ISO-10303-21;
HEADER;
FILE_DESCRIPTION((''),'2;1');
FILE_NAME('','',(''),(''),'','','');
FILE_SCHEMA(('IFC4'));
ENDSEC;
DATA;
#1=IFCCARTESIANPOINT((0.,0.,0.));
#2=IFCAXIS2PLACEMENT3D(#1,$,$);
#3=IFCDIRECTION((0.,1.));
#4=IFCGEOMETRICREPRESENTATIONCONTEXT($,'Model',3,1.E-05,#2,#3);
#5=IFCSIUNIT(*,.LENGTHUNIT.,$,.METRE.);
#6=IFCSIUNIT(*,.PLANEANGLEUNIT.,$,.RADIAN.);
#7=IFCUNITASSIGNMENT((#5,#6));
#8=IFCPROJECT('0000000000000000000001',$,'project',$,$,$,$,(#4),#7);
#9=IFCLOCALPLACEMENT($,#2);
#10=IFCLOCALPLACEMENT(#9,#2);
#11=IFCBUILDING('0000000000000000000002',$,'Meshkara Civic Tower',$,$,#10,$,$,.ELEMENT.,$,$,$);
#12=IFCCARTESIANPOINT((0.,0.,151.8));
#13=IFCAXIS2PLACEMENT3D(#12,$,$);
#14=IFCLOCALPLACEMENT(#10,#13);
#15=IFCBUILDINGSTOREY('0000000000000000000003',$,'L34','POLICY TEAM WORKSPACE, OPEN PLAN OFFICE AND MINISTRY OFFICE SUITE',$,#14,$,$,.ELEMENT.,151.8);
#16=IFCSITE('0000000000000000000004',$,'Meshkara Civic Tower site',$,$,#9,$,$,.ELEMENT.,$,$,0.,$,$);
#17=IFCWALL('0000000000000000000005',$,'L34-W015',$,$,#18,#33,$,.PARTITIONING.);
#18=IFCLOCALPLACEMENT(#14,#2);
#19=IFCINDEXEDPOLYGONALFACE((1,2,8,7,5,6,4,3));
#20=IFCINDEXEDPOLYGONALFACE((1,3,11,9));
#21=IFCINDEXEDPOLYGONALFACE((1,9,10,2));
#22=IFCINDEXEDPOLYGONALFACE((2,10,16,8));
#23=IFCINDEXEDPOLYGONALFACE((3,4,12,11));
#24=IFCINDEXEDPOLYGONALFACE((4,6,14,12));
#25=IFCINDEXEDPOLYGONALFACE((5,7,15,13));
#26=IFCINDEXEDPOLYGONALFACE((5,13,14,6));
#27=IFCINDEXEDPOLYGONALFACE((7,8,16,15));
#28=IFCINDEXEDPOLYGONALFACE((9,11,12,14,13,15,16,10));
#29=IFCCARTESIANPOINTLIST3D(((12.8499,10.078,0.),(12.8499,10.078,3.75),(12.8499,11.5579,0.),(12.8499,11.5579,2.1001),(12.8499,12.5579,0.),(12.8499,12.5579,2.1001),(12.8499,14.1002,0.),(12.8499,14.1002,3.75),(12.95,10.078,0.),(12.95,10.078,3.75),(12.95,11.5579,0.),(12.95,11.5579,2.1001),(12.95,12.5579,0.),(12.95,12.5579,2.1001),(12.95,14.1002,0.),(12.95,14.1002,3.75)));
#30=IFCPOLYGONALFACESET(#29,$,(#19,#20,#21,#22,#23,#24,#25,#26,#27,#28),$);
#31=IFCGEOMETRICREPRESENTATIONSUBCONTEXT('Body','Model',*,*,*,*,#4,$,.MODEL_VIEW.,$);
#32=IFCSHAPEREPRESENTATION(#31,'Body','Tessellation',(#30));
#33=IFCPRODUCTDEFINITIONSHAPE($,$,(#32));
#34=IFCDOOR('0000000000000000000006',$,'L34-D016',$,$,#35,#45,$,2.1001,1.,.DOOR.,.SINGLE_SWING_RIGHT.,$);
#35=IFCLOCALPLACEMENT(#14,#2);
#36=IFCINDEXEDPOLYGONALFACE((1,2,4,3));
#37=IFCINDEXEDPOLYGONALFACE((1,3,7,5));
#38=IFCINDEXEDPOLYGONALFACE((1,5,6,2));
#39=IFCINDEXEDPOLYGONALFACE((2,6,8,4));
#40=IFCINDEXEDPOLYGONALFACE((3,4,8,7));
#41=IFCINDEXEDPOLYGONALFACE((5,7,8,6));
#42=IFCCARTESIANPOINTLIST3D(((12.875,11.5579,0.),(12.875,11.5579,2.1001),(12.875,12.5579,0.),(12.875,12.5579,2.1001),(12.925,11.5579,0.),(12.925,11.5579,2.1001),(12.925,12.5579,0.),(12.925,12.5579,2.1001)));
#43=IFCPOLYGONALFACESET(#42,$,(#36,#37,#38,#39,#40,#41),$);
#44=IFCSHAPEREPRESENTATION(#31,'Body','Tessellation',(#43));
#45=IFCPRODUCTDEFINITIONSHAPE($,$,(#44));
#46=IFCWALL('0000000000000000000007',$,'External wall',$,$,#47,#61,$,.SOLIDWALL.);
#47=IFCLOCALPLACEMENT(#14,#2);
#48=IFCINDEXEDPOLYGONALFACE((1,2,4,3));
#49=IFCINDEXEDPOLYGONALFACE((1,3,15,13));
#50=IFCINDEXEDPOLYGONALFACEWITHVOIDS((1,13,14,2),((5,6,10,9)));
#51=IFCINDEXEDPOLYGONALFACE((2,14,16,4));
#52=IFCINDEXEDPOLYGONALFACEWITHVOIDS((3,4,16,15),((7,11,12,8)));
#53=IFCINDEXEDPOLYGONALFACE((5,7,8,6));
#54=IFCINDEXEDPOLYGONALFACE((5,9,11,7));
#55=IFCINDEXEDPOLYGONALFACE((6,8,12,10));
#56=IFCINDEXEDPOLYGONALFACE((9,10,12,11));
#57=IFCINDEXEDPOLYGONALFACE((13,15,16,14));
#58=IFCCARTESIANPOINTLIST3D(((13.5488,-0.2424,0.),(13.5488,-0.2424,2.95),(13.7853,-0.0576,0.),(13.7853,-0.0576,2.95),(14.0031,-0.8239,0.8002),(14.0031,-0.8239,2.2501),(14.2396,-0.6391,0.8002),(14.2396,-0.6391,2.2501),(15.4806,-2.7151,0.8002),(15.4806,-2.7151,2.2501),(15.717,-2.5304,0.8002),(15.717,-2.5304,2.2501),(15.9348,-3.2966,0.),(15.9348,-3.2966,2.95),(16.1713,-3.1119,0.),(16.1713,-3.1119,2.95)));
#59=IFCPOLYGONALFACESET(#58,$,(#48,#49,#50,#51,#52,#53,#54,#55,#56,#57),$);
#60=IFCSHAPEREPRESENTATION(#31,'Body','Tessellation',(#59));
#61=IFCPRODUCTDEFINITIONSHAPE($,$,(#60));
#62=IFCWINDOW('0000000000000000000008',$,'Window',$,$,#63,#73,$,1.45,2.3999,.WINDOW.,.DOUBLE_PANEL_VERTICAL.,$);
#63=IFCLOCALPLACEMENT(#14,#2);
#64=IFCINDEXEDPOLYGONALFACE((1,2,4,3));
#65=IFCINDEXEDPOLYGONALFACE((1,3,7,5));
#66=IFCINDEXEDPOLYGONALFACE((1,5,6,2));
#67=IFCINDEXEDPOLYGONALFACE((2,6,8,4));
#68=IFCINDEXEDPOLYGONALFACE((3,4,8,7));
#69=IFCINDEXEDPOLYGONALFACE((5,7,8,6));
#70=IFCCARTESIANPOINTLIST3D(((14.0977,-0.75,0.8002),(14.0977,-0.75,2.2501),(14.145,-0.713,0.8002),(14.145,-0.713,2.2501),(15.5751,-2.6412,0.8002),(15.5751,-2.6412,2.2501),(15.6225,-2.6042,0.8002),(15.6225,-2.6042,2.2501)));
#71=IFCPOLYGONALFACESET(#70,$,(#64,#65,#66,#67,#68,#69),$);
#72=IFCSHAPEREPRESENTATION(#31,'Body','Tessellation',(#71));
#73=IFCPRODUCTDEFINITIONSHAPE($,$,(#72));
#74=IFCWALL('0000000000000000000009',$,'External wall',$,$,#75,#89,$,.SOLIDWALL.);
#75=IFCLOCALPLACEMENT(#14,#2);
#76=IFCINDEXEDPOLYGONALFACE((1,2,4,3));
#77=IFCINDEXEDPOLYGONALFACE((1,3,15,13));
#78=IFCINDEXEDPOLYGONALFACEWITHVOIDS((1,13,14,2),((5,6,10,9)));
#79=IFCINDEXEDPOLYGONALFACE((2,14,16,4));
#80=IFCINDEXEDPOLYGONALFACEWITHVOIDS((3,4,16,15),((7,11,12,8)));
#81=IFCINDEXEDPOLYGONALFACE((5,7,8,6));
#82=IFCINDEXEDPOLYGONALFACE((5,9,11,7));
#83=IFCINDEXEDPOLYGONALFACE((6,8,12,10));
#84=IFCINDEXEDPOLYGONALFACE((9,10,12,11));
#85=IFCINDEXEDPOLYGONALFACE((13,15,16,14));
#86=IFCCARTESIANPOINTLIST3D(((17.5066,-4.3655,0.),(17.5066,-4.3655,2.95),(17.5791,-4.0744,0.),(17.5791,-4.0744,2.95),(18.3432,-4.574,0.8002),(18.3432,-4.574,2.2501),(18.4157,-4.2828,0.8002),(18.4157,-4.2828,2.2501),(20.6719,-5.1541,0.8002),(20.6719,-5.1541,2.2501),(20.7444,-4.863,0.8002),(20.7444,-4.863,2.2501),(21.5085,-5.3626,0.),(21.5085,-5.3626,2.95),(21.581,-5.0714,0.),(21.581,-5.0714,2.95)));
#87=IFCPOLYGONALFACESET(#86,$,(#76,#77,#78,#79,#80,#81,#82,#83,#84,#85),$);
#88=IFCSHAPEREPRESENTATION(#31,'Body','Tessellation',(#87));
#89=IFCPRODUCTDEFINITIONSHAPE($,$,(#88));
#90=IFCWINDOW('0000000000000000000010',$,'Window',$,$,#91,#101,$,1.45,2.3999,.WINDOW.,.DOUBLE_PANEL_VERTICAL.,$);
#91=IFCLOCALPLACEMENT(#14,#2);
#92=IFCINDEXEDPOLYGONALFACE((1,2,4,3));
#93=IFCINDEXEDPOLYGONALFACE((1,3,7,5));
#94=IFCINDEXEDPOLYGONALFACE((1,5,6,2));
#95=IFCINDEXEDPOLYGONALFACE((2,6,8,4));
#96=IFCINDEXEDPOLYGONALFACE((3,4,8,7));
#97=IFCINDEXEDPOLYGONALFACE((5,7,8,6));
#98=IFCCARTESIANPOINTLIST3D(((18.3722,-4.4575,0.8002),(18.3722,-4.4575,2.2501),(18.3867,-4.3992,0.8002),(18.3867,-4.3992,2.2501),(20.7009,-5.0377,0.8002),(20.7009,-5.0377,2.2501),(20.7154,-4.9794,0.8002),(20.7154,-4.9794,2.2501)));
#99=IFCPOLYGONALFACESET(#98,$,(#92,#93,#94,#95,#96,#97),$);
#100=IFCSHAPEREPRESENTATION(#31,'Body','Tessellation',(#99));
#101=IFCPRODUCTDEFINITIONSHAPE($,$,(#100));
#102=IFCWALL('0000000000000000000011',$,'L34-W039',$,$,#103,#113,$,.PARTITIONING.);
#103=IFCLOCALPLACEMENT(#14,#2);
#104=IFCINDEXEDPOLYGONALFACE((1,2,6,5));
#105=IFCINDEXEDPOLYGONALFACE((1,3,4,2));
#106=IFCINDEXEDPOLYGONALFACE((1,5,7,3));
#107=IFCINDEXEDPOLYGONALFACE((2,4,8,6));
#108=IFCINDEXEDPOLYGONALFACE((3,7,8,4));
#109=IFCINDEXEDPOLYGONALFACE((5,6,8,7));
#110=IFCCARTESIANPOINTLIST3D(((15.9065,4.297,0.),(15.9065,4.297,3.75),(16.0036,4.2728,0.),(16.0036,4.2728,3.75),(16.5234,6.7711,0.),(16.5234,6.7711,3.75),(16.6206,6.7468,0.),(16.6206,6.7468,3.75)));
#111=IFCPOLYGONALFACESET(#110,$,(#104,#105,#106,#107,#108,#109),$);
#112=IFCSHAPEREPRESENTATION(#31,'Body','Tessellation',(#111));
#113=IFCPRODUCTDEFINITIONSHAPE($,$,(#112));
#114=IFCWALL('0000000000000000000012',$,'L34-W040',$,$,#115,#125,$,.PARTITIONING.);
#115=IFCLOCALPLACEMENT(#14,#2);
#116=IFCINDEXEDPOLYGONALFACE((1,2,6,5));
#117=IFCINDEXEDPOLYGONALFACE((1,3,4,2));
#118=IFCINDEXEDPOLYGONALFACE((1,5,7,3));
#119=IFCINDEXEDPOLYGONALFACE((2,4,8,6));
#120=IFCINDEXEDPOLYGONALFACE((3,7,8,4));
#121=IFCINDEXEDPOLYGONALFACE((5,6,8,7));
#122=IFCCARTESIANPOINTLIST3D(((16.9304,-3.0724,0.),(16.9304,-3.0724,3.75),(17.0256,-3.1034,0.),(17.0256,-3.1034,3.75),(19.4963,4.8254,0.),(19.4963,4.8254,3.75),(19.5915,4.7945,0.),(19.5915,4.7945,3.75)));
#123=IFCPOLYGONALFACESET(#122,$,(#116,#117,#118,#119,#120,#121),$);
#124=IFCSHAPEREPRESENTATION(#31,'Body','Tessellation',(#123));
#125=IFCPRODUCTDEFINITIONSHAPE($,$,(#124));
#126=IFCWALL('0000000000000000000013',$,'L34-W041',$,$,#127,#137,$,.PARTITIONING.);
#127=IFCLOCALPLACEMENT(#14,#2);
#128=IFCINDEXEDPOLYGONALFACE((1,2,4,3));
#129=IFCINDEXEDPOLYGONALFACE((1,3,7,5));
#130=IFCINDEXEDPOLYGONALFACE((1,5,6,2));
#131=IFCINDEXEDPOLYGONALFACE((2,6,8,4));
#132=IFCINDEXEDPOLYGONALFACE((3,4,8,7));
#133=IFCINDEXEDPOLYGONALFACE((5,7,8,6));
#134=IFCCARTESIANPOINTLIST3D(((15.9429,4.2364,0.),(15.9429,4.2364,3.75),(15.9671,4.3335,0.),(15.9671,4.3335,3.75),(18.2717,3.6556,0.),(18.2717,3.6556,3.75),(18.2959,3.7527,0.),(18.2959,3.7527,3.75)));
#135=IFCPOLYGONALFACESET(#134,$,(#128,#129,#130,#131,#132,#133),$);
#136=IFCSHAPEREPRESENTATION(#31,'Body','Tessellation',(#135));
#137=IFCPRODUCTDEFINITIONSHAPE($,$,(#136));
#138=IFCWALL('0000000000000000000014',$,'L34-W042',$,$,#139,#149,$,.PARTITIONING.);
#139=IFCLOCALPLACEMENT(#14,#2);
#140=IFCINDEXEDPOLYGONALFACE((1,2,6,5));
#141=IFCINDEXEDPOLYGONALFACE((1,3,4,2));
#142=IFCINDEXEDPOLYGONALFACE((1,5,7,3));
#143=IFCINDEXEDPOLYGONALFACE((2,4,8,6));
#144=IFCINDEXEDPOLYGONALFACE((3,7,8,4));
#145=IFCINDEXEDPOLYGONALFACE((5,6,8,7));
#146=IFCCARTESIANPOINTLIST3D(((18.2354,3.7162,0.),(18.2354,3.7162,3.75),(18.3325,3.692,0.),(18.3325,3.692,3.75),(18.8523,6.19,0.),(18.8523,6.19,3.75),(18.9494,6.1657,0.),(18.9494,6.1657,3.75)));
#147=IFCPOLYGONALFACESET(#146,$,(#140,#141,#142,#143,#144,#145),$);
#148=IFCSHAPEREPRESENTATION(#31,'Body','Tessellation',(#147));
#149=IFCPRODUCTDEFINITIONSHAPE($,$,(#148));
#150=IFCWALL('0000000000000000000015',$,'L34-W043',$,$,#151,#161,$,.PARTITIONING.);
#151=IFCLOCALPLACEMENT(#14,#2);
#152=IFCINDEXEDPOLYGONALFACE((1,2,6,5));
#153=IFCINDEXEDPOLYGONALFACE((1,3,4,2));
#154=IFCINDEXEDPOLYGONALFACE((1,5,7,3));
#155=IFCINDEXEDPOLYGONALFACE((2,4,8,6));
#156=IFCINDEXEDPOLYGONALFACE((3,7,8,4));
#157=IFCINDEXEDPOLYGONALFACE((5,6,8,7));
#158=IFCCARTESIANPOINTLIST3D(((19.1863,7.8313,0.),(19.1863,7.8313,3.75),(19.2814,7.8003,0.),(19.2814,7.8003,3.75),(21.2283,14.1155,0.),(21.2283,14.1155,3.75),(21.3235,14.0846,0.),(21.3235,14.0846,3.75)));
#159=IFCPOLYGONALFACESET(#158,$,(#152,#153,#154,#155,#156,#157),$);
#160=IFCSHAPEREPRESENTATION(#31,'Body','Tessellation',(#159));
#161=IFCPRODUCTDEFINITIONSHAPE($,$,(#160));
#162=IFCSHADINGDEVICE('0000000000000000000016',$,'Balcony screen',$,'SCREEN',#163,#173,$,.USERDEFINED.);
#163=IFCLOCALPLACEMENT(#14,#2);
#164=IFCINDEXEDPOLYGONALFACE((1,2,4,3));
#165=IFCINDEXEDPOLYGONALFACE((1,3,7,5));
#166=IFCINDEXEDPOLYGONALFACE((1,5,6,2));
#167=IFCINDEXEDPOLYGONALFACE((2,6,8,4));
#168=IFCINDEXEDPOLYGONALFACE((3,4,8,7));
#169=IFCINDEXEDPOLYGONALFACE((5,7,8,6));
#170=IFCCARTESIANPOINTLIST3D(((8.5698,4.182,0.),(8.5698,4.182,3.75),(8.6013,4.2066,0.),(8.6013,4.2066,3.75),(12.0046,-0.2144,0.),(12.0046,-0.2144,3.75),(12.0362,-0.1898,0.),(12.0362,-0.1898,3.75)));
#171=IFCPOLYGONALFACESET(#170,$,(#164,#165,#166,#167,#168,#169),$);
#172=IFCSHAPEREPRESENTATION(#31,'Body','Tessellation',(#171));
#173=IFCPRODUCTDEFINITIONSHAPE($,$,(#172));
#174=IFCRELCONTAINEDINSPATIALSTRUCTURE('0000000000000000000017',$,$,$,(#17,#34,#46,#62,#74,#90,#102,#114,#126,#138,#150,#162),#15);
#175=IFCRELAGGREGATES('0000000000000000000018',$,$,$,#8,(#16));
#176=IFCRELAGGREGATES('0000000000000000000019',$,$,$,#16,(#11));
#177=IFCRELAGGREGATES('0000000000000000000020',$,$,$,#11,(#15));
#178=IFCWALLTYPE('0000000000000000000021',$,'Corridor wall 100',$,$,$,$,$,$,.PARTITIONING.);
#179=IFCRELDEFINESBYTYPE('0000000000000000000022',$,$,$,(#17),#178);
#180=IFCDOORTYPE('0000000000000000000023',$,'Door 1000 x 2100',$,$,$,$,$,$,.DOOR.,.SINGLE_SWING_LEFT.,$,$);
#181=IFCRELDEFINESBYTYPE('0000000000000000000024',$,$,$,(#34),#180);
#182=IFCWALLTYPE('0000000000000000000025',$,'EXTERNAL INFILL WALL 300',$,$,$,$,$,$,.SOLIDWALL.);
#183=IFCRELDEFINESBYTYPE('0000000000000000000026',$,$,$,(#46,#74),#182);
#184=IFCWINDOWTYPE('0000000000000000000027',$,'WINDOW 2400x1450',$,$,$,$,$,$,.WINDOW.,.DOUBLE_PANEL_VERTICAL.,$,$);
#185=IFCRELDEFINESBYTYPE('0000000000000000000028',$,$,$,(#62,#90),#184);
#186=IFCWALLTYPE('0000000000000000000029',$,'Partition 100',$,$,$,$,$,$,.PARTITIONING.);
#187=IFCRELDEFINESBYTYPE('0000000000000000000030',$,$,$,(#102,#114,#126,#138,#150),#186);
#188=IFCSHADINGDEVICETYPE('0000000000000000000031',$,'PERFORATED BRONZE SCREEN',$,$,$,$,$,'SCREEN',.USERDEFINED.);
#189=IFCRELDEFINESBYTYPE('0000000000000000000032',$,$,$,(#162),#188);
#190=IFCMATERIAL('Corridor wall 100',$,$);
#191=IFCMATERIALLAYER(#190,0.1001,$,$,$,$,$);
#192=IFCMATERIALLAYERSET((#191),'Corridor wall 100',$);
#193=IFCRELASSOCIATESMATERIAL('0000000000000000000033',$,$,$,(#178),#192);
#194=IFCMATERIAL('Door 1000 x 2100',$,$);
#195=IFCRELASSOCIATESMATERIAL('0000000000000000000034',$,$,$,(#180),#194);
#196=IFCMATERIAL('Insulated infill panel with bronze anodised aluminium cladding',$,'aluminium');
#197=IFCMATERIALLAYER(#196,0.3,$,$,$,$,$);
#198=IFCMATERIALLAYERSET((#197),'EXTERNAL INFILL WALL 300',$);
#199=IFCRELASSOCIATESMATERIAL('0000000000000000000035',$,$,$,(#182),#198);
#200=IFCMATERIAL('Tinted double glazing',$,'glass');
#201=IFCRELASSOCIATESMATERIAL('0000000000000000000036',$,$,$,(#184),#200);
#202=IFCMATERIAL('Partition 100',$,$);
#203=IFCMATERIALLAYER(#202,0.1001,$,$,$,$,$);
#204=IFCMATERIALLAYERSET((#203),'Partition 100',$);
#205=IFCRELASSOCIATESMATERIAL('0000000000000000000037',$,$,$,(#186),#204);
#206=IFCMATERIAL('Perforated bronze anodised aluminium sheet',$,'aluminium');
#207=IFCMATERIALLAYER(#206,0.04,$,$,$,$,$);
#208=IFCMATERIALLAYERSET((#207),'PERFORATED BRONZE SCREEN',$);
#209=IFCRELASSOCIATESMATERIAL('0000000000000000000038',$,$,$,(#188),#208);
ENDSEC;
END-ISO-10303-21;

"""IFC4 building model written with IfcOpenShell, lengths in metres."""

from ifc_helpers import new_model, si_unit, direction, frame, frame_2d, origin, origin_2d, place, context, subcontext, project, spatial, rectangle, extrude, material, layer, layer_set, type_object, element, fill, save


model = new_model("IFC4")

# Units and contexts
model_context = context("Model", 3, precision=1e-05, world=origin(), true_north=direction((0.0, 1.0)))
body_context = subcontext(model_context, "Body", "Model", "MODEL_VIEW")
ifc_project = project(units=[si_unit("LENGTHUNIT", "METRE"), si_unit("PLANEANGLEUNIT", "RADIAN")], contexts=[model_context])

# Site, building, storey
site_placement = place(None, origin())
site = spatial("IfcSite", under=ifc_project, at=site_placement, Name="Meshkara Civic Tower site", CompositionType="ELEMENT", RefElevation=0.0)
building_placement = place(site_placement, origin())
building = spatial("IfcBuilding", under=site, at=building_placement, Name="Meshkara Civic Tower", CompositionType="ELEMENT")
storey_placement = place(building_placement, frame((0.0, 0.0, 151.8)))
storey = spatial("IfcBuildingStorey", under=building, at=storey_placement, Name="L34", Description="POLICY TEAM WORKSPACE, OPEN PLAN OFFICE AND MINISTRY OFFICE SUITE", CompositionType="ELEMENT", Elevation=151.8)

# Shared definitions
ifc_material_1 = material(Name="Corridor wall 100")
ifc_layer_1 = layer(ifc_material_1, 0.1001)
ifc_layer_set_1 = layer_set([ifc_layer_1], Name="Corridor wall 100")
wall_type_1 = type_object("IfcWallType", Name="Corridor wall 100", PredefinedType="PARTITIONING", material=ifc_layer_set_1)
ifc_material_2 = material(Name="Door 1000 x 2100")
door_type_1 = type_object("IfcDoorType", Name="Door 1000 x 2100", OperationType="SINGLE_SWING_LEFT", PredefinedType="DOOR", material=ifc_material_2)

# Wall, opening, door
wall_1_placement = place(storey_placement, frame((12.8999, 10.0779, 0.0), z_axis=(0.0, 0.0, 1.0), x_axis=(0.0, 1.0, 0.0)))
wall_1 = element("IfcWall", 1, at=wall_1_placement, inside=storey, type_object=wall_type_1, Name="L34-W015", PredefinedType="PARTITIONING", context=body_context, shape_type="SweptSolid", body=[
    extrude(rectangle(XDim=4.0222, YDim=0.1001, at=frame_2d((2.0112, 0.0))), origin(), (0.0, 0.0, 1.0), 3.75),
])
opening_1_placement = place(wall_1_placement, frame((1.48, 0.0, 0.0)))
opening_1 = element("IfcOpeningElement", 2, at=opening_1_placement, cuts=wall_1, PredefinedType="OPENING", context=body_context, shape_type="SweptSolid", body=[
    extrude(rectangle(XDim=1.0, YDim=2.1001, at=frame_2d((0.5, 1.05))), frame((0.0, 0.0601, 0.0), z_axis=(0.0, -1.0, 0.0), x_axis=(1.0, 0.0, 0.0)), (0.0, 0.0, 1.0), 0.1201),
])
door_1_placement = place(opening_1_placement, origin())
door_1 = element("IfcDoor", 3, at=door_1_placement, inside=storey, type_object=door_type_1, Name="L34-D016", OperationType="SINGLE_SWING_RIGHT", OverallHeight=2.1001, OverallWidth=1.0, PredefinedType="DOOR", context=body_context, shape_type="SweptSolid", body=[
    extrude(rectangle(XDim=1.0, YDim=2.1001, at=frame_2d((0.5, 1.05))), frame((0.0, 0.0249, 0.0), z_axis=(0.0, -1.0, 0.0), x_axis=(1.0, 0.0, 0.0)), (0.0, 0.0, 1.0), 0.05),
])
fill(opening_1, door_1)

# Walls, openings, windows
ifc_material_3 = material(Name="Insulated infill panel with bronze anodised aluminium cladding", Category="aluminium")
ifc_layer_2 = layer(ifc_material_3, 0.3)
ifc_layer_set_2 = layer_set([ifc_layer_2], Name="EXTERNAL INFILL WALL 300")
wall_type_2 = type_object("IfcWallType", Name="EXTERNAL INFILL WALL 300", PredefinedType="SOLIDWALL", material=ifc_layer_set_2)
wall_2_placement = place(storey_placement, frame((13.667, -0.1499, 0.0), z_axis=(0.0, 0.0, 1.0), x_axis=(0.615627, -0.788038, 0.0)))
wall_2 = element("IfcWall", 4, at=wall_2_placement, inside=storey, type_object=wall_type_2, Name="External wall", PredefinedType="SOLIDWALL", context=body_context, shape_type="SweptSolid", body=[
    extrude(rectangle(XDim=3.8757, YDim=0.3, at=frame_2d((1.938, 0.0))), origin(), (0.0, 0.0, 1.0), 2.95),
])
opening_2_placement = place(wall_2_placement, frame((0.738, 0.0, 0.8)))
opening_2 = element("IfcOpeningElement", 5, at=opening_2_placement, cuts=wall_2, PredefinedType="OPENING", context=body_context, shape_type="SweptSolid", body=[
    extrude(rectangle(XDim=2.3999, YDim=1.45, at=frame_2d((1.2, 0.7251))), frame((0.0, 0.1599, 0.0), z_axis=(0.0, -1.0, 0.0), x_axis=(1.0, 0.0, 0.0)), (0.0, 0.0, 1.0), 0.3201),
])
ifc_material_4 = material(Name="Tinted double glazing", Category="glass")
window_type = type_object("IfcWindowType", Name="WINDOW 2400x1450", PartitioningType="DOUBLE_PANEL_VERTICAL", PredefinedType="WINDOW", material=ifc_material_4)
window_1_placement = place(opening_2_placement, origin())
window_1 = element("IfcWindow", 6, at=window_1_placement, inside=storey, type_object=window_type, Name="Window", OverallHeight=1.45, OverallWidth=2.3999, PartitioningType="DOUBLE_PANEL_VERTICAL", PredefinedType="WINDOW", context=body_context, shape_type="SweptSolid", body=[
    extrude(rectangle(XDim=2.3999, YDim=1.45, at=frame_2d((1.2, 0.7251))), frame((0.0, 0.03, 0.0), z_axis=(0.0, -1.0, 0.0), x_axis=(1.0, 0.0, 0.0)), (0.0, 0.0, 1.0), 0.0601),
])
fill(opening_2, window_1)
wall_3_placement = place(storey_placement, frame((17.543, -4.22, 0.0), z_axis=(0.0, 0.0, 1.0), x_axis=(0.970337, -0.241756, 0.0)))
wall_3 = element("IfcWall", 7, at=wall_3_placement, inside=storey, type_object=wall_type_2, Name="External wall", PredefinedType="SOLIDWALL", context=body_context, shape_type="SweptSolid", body=[
    extrude(rectangle(XDim=4.1243, YDim=0.3, at=frame_2d((2.062, 0.0))), origin(), (0.0, 0.0, 1.0), 2.95),
])
opening_3_placement = place(wall_3_placement, frame((0.8621, 0.0, 0.8)))
opening_3 = element("IfcOpeningElement", 8, at=opening_3_placement, cuts=wall_3, PredefinedType="OPENING", context=body_context, shape_type="SweptSolid", body=[
    extrude(rectangle(XDim=2.3999, YDim=1.45, at=frame_2d((1.2, 0.7251))), frame((0.0, 0.1599, 0.0), z_axis=(0.0, -1.0, 0.0), x_axis=(1.0, 0.0, 0.0)), (0.0, 0.0, 1.0), 0.3201),
])
window_2_placement = place(opening_3_placement, origin())
window_2 = element("IfcWindow", 9, at=window_2_placement, inside=storey, type_object=window_type, Name="Window", OverallHeight=1.45, OverallWidth=2.3999, PartitioningType="DOUBLE_PANEL_VERTICAL", PredefinedType="WINDOW", context=body_context, shape_type="SweptSolid", body=[
    extrude(rectangle(XDim=2.3999, YDim=1.45, at=frame_2d((1.2, 0.7251))), frame((0.0, 0.03, 0.0), z_axis=(0.0, -1.0, 0.0), x_axis=(1.0, 0.0, 0.0)), (0.0, 0.0, 1.0), 0.0601),
])
fill(opening_3, window_2)

# Walls
ifc_material_5 = material(Name="Partition 100")
ifc_layer_3 = layer(ifc_material_5, 0.1001)
ifc_layer_set_3 = layer_set([ifc_layer_3], Name="Partition 100")
wall_type_3 = type_object("IfcWallType", Name="Partition 100", PredefinedType="PARTITIONING", material=ifc_layer_set_3)
wall_4_placement = place(storey_placement, frame((15.9551, 4.2849, 0.0), z_axis=(0.0, 0.0, 1.0), x_axis=(0.24195, 0.970289, 0.0)))
element("IfcWall", 10, at=wall_4_placement, inside=storey, type_object=wall_type_3, Name="L34-W039", PredefinedType="PARTITIONING", context=body_context, shape_type="SweptSolid", body=[
    extrude(rectangle(XDim=2.5498, YDim=0.1001, at=frame_2d((1.2749, 0.0))), origin(), (0.0, 0.0, 1.0), 3.75),
])
wall_5_placement = place(storey_placement, frame((16.978, -3.0879, 0.0), z_axis=(0.0, 0.0, 1.0), x_axis=(0.308986, 0.951066, 0.0)))
element("IfcWall", 11, at=wall_5_placement, inside=storey, type_object=wall_type_3, Name="L34-W040", PredefinedType="PARTITIONING", context=body_context, shape_type="SweptSolid", body=[
    extrude(rectangle(XDim=8.3042, YDim=0.1001, at=frame_2d((4.1521, 0.0))), origin(), (0.0, 0.0, 1.0), 3.75),
])
wall_6_placement = place(storey_placement, frame((18.2839, 3.7041, 0.0), z_axis=(0.0, 0.0, 1.0), x_axis=(-0.97028, 0.241985, 0.0)))
element("IfcWall", 12, at=wall_6_placement, inside=storey, type_object=wall_type_3, Name="L34-W041", PredefinedType="PARTITIONING", context=body_context, shape_type="SweptSolid", body=[
    extrude(rectangle(XDim=2.4001, YDim=0.1001, at=frame_2d((1.2002, 0.0))), origin(), (0.0, 0.0, 1.0), 3.75),
])
wall_7_placement = place(storey_placement, frame((18.9009, 6.178, 0.0), z_axis=(0.0, 0.0, 1.0), x_axis=(-0.241972, -0.970283, 0.0)))
element("IfcWall", 13, at=wall_7_placement, inside=storey, type_object=wall_type_3, Name="L34-W042", PredefinedType="PARTITIONING", context=body_context, shape_type="SweptSolid", body=[
    extrude(rectangle(XDim=2.5496, YDim=0.1001, at=frame_2d((1.2749, 0.0))), origin(), (0.0, 0.0, 1.0), 3.75),
])
wall_8_placement = place(storey_placement, frame((19.2339, 7.8159, 0.0), z_axis=(0.0, 0.0, 1.0), x_axis=(0.309036, 0.95105, 0.0)))
element("IfcWall", 14, at=wall_8_placement, inside=storey, type_object=wall_type_3, Name="L34-W043", PredefinedType="PARTITIONING", context=body_context, shape_type="SweptSolid", body=[
    extrude(rectangle(XDim=6.6077, YDim=0.1001, at=frame_2d((3.3037, 0.0))), origin(), (0.0, 0.0, 1.0), 3.75),
])

# Shading device
ifc_material_6 = material(Name="Perforated bronze anodised aluminium sheet", Category="aluminium")
ifc_layer_4 = layer(ifc_material_6, 0.04)
ifc_layer_set_4 = layer_set([ifc_layer_4], Name="PERFORATED BRONZE SCREEN")
shading_device_type = type_object("IfcShadingDeviceType", Name="PERFORATED BRONZE SCREEN", ElementType="SCREEN", PredefinedType="USERDEFINED", material=ifc_layer_set_4)
shading_device_placement = place(storey_placement, frame((10.303, 1.9961, 0.0), z_axis=(0.0, 0.0, 1.0), x_axis=(0.615661, -0.788011, 0.0)))
element("IfcShadingDevice", 15, at=shading_device_placement, inside=storey, type_object=shading_device_type, Name="Balcony screen", ObjectType="SCREEN", PredefinedType="USERDEFINED", context=body_context, shape_type="SweptSolid", body=[
    extrude(rectangle(XDim=5.5791, YDim=0.04, at=origin_2d()), origin(), (0.0, 0.0, 1.0), 3.75),
])

save(model, "model.ifc")
